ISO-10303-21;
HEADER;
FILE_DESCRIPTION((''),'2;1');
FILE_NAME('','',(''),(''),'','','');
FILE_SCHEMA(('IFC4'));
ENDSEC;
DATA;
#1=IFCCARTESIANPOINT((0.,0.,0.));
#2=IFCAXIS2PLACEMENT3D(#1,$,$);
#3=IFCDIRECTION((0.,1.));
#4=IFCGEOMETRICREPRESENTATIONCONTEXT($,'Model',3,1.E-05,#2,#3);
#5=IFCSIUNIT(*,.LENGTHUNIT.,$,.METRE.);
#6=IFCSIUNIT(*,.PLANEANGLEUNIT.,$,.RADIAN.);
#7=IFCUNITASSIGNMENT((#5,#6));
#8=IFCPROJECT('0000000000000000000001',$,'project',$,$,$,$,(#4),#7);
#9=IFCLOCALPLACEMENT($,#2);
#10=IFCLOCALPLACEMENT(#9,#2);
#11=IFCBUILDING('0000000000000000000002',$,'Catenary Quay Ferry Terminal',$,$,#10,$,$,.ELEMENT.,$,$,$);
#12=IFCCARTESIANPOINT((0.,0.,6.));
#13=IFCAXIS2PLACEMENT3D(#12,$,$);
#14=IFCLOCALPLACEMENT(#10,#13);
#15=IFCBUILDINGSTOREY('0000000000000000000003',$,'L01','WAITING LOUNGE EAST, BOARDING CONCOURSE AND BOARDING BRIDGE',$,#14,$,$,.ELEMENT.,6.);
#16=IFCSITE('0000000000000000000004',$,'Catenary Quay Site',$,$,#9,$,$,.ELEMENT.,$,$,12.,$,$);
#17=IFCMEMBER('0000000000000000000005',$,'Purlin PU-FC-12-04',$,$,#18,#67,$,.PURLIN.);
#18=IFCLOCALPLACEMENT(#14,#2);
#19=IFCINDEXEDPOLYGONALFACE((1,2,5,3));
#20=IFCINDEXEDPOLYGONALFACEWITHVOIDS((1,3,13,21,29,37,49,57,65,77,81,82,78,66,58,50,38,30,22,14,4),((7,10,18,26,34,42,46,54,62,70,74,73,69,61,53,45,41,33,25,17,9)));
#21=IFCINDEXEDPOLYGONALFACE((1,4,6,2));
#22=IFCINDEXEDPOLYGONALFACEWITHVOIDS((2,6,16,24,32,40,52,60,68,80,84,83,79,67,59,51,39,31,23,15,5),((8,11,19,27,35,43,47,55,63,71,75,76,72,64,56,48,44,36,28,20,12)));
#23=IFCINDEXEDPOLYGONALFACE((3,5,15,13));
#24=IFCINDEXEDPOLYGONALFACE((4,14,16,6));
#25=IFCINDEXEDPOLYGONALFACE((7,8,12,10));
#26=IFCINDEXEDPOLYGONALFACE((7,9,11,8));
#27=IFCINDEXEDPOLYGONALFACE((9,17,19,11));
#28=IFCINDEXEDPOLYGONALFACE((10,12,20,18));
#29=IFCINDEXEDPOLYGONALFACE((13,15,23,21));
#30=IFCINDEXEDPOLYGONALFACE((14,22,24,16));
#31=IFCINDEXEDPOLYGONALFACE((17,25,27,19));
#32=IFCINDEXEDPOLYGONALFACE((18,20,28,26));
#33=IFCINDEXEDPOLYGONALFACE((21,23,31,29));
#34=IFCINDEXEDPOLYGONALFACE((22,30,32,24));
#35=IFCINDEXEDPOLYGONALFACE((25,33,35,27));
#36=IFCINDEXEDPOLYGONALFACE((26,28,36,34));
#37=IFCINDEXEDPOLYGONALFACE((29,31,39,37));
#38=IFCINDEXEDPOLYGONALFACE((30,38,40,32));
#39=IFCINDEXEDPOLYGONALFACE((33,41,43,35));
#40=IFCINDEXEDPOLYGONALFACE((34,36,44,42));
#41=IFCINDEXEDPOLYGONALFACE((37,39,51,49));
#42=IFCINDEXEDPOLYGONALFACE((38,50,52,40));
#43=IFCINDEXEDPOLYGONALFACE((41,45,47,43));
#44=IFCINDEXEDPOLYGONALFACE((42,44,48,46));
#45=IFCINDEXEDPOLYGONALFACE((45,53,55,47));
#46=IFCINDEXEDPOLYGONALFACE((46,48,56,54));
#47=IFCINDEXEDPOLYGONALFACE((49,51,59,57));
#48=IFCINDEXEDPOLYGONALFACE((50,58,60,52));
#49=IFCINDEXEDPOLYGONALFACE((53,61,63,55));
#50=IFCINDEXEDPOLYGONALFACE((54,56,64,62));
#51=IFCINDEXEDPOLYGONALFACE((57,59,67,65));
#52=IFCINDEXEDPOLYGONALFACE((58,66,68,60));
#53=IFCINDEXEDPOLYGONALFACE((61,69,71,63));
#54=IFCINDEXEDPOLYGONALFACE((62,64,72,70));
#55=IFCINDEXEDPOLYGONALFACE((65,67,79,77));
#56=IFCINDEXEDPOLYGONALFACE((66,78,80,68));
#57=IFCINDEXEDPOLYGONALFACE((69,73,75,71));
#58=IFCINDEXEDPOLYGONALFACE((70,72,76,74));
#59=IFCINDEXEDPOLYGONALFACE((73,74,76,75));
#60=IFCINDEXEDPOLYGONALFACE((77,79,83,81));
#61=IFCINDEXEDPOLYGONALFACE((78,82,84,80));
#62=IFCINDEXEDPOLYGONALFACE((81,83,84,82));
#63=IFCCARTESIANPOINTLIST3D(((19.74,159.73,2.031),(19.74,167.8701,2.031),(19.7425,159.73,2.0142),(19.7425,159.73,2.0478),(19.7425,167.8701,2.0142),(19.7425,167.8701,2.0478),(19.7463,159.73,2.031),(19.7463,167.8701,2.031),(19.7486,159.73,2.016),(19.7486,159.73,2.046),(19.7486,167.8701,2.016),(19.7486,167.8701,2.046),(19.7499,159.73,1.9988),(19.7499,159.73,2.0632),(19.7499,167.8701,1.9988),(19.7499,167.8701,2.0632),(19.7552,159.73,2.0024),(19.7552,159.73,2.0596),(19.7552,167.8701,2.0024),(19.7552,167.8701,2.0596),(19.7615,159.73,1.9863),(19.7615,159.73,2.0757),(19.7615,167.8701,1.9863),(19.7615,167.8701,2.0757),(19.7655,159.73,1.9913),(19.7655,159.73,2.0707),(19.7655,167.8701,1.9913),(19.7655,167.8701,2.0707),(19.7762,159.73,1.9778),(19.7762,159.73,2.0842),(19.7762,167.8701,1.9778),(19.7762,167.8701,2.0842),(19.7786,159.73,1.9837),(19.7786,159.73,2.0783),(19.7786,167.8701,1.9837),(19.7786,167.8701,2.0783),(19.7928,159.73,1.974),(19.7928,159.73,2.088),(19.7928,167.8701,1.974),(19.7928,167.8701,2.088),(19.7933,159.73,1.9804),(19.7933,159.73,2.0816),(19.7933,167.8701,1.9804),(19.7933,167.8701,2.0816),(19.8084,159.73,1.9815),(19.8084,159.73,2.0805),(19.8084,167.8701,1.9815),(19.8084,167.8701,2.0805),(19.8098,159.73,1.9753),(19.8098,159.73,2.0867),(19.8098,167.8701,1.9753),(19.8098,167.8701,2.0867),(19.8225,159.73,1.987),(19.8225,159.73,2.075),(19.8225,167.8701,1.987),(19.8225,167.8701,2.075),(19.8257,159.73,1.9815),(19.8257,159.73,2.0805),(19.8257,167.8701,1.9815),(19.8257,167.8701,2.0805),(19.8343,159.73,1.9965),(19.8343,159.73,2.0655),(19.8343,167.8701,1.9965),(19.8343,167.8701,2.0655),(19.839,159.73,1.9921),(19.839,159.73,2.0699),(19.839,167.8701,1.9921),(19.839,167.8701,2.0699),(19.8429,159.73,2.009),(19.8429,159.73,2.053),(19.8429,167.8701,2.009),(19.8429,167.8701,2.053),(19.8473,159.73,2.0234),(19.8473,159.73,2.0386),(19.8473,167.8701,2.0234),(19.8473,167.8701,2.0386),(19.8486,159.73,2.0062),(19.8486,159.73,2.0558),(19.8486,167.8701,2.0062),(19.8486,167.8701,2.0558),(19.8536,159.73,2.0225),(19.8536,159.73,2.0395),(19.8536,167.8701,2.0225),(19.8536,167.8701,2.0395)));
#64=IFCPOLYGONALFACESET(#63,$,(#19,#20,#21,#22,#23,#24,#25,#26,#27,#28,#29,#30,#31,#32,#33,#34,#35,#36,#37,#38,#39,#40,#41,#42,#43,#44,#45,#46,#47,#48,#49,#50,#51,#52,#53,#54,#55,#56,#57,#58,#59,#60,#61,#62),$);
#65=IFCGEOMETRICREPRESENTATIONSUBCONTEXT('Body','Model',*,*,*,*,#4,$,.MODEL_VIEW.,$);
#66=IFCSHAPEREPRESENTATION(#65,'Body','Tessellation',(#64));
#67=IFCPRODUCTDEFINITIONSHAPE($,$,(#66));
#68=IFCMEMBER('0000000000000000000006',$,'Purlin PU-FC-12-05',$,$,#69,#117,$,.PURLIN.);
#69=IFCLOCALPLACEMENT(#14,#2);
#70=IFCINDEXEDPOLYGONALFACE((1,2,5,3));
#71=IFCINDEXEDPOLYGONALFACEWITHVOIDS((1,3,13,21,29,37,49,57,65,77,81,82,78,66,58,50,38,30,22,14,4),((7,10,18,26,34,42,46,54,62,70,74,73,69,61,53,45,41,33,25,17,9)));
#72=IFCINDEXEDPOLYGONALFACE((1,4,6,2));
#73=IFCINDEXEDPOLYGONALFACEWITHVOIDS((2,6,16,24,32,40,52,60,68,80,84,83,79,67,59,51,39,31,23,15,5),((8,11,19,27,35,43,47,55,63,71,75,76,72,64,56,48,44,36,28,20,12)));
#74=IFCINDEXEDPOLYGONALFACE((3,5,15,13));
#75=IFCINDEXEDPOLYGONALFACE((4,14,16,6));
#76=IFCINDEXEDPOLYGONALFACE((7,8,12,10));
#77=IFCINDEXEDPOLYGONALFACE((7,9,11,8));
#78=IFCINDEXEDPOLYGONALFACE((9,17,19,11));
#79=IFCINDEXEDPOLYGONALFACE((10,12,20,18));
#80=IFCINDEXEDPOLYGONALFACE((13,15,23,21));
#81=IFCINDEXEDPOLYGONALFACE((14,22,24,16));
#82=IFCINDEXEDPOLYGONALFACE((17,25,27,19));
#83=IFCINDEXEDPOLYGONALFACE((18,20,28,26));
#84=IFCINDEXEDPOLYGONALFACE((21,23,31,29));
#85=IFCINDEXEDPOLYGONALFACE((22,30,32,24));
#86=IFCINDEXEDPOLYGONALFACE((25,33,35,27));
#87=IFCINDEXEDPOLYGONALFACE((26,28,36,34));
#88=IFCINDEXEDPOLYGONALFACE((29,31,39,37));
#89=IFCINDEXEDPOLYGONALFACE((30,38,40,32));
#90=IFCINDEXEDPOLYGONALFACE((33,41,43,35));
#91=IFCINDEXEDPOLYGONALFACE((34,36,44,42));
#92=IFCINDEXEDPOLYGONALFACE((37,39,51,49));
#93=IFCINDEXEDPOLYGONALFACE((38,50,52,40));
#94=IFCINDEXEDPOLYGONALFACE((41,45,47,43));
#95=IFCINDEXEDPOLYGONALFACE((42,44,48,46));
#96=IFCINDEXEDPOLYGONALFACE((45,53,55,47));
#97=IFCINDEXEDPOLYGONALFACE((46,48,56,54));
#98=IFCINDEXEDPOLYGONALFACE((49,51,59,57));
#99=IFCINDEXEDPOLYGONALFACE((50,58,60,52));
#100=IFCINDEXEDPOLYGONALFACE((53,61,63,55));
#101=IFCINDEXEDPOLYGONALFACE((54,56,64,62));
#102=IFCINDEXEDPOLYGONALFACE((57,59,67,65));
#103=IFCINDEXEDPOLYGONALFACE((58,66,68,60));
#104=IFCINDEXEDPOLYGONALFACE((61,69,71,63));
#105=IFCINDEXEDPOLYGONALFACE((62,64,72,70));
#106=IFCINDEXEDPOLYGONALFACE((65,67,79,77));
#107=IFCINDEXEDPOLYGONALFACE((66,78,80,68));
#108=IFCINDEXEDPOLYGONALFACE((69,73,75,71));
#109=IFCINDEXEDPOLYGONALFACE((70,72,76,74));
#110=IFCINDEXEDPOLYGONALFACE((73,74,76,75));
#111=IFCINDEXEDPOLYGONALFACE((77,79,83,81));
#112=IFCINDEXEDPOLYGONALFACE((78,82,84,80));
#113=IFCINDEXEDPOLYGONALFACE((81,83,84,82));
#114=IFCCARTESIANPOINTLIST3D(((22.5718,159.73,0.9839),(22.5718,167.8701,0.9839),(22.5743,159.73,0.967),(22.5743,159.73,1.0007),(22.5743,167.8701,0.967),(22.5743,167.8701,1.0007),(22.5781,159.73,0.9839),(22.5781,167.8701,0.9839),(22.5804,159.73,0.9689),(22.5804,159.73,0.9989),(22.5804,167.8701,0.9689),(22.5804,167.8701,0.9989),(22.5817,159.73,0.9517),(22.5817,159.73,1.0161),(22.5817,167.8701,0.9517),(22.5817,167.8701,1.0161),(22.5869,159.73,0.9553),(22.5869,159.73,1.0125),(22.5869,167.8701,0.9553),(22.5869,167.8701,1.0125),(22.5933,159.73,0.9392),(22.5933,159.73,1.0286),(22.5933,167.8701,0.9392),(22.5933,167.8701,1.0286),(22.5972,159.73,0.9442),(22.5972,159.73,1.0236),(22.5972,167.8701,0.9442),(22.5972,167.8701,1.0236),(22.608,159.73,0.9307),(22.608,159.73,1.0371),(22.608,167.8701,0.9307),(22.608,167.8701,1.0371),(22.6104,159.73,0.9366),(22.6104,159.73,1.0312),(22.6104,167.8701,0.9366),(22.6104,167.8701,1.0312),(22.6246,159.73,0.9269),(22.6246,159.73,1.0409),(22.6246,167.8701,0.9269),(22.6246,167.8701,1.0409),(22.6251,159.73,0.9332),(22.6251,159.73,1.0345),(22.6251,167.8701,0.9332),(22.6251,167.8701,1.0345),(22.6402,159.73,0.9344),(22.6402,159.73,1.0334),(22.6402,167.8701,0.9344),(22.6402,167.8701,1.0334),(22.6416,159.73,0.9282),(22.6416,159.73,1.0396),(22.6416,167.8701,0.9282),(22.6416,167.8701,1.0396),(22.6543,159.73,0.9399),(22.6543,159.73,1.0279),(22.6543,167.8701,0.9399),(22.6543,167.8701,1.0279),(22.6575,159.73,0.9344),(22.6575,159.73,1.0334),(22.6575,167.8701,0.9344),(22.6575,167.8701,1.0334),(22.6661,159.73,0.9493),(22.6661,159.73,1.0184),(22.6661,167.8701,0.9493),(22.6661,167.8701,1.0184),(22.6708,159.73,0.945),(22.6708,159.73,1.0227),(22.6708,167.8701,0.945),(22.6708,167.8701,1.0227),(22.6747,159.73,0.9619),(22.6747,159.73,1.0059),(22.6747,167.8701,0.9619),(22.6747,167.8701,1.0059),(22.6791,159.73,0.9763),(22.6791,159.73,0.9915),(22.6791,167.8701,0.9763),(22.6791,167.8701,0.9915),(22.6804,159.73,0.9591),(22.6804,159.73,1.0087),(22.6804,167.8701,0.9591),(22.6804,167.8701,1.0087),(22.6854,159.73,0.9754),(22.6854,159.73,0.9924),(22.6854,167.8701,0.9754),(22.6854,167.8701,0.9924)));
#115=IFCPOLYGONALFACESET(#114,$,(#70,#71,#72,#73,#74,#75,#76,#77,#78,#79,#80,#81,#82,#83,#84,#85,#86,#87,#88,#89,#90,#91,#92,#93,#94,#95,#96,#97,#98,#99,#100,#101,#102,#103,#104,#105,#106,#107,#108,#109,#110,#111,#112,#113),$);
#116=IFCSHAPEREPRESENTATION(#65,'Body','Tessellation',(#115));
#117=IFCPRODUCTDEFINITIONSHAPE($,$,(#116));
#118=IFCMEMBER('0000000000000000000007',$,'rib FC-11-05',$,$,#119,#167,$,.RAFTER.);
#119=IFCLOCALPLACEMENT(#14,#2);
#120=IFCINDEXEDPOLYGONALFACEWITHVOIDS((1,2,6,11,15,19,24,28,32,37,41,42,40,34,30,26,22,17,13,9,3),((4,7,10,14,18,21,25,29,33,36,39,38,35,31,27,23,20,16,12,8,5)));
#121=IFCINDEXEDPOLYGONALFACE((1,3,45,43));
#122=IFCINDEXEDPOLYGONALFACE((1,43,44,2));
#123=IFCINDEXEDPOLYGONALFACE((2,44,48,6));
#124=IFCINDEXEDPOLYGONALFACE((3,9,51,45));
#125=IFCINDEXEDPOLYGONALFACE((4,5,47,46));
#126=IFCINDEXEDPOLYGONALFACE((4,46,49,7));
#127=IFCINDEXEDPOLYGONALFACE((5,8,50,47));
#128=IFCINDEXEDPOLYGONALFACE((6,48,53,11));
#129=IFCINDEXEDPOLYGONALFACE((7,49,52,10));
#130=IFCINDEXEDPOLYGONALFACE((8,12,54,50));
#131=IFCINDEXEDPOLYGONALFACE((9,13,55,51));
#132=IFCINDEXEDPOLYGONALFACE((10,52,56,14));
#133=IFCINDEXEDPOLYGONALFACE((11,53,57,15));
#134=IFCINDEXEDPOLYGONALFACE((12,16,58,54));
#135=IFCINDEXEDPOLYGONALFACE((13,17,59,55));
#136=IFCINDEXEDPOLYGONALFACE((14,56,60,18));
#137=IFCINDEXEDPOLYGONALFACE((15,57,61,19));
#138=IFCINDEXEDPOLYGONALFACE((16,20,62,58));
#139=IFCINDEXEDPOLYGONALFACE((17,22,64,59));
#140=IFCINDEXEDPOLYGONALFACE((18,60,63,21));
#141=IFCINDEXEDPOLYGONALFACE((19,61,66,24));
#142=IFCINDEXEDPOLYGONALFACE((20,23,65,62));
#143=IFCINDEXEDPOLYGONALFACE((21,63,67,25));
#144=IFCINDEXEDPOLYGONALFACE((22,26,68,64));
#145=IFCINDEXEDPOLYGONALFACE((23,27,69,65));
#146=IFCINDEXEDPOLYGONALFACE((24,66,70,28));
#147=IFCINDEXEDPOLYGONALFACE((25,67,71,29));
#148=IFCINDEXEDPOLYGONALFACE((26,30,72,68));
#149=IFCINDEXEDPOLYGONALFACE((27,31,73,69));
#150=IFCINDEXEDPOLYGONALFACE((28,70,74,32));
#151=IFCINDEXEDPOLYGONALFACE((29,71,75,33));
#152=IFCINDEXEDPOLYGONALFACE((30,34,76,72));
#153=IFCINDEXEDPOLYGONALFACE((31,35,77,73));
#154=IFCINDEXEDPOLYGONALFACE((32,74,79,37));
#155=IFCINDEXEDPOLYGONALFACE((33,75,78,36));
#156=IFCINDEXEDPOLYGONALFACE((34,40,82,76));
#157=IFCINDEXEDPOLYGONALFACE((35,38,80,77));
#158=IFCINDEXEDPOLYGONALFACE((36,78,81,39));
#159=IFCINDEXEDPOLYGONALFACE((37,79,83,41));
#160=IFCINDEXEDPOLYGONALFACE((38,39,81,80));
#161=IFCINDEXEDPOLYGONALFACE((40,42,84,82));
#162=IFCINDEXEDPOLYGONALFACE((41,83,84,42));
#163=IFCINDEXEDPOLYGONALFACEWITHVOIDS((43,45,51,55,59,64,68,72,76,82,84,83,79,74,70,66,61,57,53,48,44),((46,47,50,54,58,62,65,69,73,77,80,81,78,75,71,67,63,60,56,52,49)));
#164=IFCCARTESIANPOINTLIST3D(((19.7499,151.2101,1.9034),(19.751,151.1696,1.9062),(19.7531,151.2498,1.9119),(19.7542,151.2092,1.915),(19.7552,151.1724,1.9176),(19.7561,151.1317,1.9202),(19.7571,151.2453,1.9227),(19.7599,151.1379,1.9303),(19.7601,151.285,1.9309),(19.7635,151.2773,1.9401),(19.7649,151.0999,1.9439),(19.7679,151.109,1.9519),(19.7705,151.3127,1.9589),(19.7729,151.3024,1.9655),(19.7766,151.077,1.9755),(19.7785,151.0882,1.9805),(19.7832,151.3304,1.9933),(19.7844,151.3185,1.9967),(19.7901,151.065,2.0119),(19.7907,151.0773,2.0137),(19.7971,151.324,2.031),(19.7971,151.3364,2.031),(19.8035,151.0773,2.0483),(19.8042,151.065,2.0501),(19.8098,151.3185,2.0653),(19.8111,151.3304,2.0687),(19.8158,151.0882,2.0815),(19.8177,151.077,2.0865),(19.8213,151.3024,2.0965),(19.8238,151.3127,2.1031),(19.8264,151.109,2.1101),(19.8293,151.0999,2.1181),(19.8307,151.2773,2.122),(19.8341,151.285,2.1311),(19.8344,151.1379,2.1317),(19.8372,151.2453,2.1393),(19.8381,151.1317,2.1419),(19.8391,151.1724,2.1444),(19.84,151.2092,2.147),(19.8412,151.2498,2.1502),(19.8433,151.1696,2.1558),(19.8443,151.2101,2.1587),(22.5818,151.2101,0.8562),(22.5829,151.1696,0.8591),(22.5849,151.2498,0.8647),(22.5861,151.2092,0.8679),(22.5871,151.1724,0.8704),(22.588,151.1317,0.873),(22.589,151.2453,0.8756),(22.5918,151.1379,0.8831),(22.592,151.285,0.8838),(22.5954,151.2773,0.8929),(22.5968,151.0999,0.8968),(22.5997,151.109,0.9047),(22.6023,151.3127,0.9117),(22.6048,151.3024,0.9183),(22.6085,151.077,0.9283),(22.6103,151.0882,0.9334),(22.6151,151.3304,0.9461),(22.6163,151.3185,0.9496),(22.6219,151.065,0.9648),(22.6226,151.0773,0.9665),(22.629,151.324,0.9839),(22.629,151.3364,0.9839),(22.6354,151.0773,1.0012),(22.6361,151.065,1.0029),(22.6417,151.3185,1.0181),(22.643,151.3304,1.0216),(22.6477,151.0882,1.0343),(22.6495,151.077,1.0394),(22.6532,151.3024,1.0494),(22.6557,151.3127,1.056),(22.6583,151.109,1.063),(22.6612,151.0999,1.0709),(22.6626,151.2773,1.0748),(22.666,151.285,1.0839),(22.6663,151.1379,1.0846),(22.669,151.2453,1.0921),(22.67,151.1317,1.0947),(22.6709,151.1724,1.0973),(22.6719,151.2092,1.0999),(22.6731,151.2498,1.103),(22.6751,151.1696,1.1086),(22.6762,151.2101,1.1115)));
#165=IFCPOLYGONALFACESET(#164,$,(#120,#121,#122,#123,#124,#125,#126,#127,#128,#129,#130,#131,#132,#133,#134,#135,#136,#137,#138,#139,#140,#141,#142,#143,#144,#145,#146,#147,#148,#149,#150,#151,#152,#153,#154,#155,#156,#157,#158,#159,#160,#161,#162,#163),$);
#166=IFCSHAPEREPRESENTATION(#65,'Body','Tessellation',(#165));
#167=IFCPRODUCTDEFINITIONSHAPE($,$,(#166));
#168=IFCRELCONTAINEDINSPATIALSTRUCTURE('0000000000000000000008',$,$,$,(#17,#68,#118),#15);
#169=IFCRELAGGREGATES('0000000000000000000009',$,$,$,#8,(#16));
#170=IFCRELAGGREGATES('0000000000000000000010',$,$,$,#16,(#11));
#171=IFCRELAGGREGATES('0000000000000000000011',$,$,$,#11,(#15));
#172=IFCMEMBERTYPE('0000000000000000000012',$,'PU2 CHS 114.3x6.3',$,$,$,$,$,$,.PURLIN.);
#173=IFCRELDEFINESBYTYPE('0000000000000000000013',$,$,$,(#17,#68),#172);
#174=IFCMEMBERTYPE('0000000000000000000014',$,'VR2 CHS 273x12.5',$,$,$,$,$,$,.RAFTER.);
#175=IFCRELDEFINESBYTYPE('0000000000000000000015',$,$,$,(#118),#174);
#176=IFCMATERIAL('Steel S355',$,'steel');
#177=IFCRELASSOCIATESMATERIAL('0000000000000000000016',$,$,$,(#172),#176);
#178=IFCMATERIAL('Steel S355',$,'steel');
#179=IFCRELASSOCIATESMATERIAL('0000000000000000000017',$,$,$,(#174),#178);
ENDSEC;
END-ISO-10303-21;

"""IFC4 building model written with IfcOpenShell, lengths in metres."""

from ifc_helpers import new_model, si_unit, direction, frame, origin, origin_2d, place, context, subcontext, project, spatial, hollow_circle, extrude, material, material_profile, profile_set, type_object, element, save


model = new_model("IFC4")

# Units and contexts
model_context = context("Model", 3, precision=1e-05, world=origin(), true_north=direction((0.0, 1.0)))
body_context = subcontext(model_context, "Body", "Model", "MODEL_VIEW")
ifc_project = project(units=[si_unit("LENGTHUNIT", "METRE"), si_unit("PLANEANGLEUNIT", "RADIAN")], contexts=[model_context])

# Site, building, storey
site_placement = place(None, origin())
site = spatial("IfcSite", under=ifc_project, at=site_placement, Name="Catenary Quay Site", CompositionType="ELEMENT", RefElevation=12.0)
building_placement = place(site_placement, origin())
building = spatial("IfcBuilding", under=site, at=building_placement, Name="Catenary Quay Ferry Terminal", CompositionType="ELEMENT")
storey_placement = place(building_placement, frame((0.0, 0.0, 6.0)))
storey = spatial("IfcBuildingStorey", under=building, at=storey_placement, Name="L01", Description="WAITING LOUNGE EAST, BOARDING CONCOURSE AND BOARDING BRIDGE", CompositionType="ELEMENT", Elevation=6.0)

# Members
ifc_material_1 = material(Name="Steel S355", Category="steel")
ifc_material_profile_1 = material_profile(ifc_material_1, hollow_circle(Radius=0.0571, WallThickness=0.0063, at=origin_2d()), Name="CHS 114.3x6.3")
ifc_profile_set_1 = profile_set([ifc_material_profile_1], Name="Steel S355")
member_type_1 = type_object("IfcMemberType", Name="PU2 CHS 114.3x6.3", PredefinedType="PURLIN", material=ifc_profile_set_1)
for number, where, z_axis, x_axis, name in (
    (1, (19.7971, 159.73, 2.031), (0.0, 1.0, 0.0), (-1.0, 0.0, 0.0), "Purlin PU-FC-12-04"),
    (2, (22.6289, 159.73, 0.9839), (0.0, 1.0, 0.0), (-1.0, 0.0, 0.0), "Purlin PU-FC-12-05"),
):
    element("IfcMember", number, at=place(storey_placement, frame(where, z_axis=z_axis, x_axis=x_axis)), inside=storey, type_object=member_type_1, Name=name, PredefinedType="PURLIN", context=body_context, shape_type="SweptSolid", body=[
        extrude(hollow_circle(Radius=0.0571, WallThickness=0.0063, at=origin_2d()), origin(), (0.0, 0.0, 1.0), 8.1401),
    ])
ifc_material_2 = material(Name="Steel S355", Category="steel")
ifc_material_profile_2 = material_profile(ifc_material_2, hollow_circle(Radius=0.1365, WallThickness=0.0125, at=origin_2d()), Name="CHS 273x12.5")
ifc_profile_set_2 = profile_set([ifc_material_profile_2], Name="Steel S355")
member_type_2 = type_object("IfcMemberType", Name="VR2 CHS 273x12.5", PredefinedType="RAFTER", material=ifc_profile_set_2)
member_1_placement = place(storey_placement, frame((19.7971, 151.2, 2.031), z_axis=(0.937931, 0.0, -0.346822), x_axis=(0.0, 1.0, 0.0)))
element("IfcMember", 3, at=member_1_placement, inside=storey, type_object=member_type_2, Name="rib FC-11-05", PredefinedType="RAFTER", context=body_context, shape_type="SweptSolid", body=[
    extrude(hollow_circle(Radius=0.1365, WallThickness=0.0125, at=origin_2d()), origin(), (0.0, 0.0, 1.0), 3.0193),
])

save(model, "model.ifc")
